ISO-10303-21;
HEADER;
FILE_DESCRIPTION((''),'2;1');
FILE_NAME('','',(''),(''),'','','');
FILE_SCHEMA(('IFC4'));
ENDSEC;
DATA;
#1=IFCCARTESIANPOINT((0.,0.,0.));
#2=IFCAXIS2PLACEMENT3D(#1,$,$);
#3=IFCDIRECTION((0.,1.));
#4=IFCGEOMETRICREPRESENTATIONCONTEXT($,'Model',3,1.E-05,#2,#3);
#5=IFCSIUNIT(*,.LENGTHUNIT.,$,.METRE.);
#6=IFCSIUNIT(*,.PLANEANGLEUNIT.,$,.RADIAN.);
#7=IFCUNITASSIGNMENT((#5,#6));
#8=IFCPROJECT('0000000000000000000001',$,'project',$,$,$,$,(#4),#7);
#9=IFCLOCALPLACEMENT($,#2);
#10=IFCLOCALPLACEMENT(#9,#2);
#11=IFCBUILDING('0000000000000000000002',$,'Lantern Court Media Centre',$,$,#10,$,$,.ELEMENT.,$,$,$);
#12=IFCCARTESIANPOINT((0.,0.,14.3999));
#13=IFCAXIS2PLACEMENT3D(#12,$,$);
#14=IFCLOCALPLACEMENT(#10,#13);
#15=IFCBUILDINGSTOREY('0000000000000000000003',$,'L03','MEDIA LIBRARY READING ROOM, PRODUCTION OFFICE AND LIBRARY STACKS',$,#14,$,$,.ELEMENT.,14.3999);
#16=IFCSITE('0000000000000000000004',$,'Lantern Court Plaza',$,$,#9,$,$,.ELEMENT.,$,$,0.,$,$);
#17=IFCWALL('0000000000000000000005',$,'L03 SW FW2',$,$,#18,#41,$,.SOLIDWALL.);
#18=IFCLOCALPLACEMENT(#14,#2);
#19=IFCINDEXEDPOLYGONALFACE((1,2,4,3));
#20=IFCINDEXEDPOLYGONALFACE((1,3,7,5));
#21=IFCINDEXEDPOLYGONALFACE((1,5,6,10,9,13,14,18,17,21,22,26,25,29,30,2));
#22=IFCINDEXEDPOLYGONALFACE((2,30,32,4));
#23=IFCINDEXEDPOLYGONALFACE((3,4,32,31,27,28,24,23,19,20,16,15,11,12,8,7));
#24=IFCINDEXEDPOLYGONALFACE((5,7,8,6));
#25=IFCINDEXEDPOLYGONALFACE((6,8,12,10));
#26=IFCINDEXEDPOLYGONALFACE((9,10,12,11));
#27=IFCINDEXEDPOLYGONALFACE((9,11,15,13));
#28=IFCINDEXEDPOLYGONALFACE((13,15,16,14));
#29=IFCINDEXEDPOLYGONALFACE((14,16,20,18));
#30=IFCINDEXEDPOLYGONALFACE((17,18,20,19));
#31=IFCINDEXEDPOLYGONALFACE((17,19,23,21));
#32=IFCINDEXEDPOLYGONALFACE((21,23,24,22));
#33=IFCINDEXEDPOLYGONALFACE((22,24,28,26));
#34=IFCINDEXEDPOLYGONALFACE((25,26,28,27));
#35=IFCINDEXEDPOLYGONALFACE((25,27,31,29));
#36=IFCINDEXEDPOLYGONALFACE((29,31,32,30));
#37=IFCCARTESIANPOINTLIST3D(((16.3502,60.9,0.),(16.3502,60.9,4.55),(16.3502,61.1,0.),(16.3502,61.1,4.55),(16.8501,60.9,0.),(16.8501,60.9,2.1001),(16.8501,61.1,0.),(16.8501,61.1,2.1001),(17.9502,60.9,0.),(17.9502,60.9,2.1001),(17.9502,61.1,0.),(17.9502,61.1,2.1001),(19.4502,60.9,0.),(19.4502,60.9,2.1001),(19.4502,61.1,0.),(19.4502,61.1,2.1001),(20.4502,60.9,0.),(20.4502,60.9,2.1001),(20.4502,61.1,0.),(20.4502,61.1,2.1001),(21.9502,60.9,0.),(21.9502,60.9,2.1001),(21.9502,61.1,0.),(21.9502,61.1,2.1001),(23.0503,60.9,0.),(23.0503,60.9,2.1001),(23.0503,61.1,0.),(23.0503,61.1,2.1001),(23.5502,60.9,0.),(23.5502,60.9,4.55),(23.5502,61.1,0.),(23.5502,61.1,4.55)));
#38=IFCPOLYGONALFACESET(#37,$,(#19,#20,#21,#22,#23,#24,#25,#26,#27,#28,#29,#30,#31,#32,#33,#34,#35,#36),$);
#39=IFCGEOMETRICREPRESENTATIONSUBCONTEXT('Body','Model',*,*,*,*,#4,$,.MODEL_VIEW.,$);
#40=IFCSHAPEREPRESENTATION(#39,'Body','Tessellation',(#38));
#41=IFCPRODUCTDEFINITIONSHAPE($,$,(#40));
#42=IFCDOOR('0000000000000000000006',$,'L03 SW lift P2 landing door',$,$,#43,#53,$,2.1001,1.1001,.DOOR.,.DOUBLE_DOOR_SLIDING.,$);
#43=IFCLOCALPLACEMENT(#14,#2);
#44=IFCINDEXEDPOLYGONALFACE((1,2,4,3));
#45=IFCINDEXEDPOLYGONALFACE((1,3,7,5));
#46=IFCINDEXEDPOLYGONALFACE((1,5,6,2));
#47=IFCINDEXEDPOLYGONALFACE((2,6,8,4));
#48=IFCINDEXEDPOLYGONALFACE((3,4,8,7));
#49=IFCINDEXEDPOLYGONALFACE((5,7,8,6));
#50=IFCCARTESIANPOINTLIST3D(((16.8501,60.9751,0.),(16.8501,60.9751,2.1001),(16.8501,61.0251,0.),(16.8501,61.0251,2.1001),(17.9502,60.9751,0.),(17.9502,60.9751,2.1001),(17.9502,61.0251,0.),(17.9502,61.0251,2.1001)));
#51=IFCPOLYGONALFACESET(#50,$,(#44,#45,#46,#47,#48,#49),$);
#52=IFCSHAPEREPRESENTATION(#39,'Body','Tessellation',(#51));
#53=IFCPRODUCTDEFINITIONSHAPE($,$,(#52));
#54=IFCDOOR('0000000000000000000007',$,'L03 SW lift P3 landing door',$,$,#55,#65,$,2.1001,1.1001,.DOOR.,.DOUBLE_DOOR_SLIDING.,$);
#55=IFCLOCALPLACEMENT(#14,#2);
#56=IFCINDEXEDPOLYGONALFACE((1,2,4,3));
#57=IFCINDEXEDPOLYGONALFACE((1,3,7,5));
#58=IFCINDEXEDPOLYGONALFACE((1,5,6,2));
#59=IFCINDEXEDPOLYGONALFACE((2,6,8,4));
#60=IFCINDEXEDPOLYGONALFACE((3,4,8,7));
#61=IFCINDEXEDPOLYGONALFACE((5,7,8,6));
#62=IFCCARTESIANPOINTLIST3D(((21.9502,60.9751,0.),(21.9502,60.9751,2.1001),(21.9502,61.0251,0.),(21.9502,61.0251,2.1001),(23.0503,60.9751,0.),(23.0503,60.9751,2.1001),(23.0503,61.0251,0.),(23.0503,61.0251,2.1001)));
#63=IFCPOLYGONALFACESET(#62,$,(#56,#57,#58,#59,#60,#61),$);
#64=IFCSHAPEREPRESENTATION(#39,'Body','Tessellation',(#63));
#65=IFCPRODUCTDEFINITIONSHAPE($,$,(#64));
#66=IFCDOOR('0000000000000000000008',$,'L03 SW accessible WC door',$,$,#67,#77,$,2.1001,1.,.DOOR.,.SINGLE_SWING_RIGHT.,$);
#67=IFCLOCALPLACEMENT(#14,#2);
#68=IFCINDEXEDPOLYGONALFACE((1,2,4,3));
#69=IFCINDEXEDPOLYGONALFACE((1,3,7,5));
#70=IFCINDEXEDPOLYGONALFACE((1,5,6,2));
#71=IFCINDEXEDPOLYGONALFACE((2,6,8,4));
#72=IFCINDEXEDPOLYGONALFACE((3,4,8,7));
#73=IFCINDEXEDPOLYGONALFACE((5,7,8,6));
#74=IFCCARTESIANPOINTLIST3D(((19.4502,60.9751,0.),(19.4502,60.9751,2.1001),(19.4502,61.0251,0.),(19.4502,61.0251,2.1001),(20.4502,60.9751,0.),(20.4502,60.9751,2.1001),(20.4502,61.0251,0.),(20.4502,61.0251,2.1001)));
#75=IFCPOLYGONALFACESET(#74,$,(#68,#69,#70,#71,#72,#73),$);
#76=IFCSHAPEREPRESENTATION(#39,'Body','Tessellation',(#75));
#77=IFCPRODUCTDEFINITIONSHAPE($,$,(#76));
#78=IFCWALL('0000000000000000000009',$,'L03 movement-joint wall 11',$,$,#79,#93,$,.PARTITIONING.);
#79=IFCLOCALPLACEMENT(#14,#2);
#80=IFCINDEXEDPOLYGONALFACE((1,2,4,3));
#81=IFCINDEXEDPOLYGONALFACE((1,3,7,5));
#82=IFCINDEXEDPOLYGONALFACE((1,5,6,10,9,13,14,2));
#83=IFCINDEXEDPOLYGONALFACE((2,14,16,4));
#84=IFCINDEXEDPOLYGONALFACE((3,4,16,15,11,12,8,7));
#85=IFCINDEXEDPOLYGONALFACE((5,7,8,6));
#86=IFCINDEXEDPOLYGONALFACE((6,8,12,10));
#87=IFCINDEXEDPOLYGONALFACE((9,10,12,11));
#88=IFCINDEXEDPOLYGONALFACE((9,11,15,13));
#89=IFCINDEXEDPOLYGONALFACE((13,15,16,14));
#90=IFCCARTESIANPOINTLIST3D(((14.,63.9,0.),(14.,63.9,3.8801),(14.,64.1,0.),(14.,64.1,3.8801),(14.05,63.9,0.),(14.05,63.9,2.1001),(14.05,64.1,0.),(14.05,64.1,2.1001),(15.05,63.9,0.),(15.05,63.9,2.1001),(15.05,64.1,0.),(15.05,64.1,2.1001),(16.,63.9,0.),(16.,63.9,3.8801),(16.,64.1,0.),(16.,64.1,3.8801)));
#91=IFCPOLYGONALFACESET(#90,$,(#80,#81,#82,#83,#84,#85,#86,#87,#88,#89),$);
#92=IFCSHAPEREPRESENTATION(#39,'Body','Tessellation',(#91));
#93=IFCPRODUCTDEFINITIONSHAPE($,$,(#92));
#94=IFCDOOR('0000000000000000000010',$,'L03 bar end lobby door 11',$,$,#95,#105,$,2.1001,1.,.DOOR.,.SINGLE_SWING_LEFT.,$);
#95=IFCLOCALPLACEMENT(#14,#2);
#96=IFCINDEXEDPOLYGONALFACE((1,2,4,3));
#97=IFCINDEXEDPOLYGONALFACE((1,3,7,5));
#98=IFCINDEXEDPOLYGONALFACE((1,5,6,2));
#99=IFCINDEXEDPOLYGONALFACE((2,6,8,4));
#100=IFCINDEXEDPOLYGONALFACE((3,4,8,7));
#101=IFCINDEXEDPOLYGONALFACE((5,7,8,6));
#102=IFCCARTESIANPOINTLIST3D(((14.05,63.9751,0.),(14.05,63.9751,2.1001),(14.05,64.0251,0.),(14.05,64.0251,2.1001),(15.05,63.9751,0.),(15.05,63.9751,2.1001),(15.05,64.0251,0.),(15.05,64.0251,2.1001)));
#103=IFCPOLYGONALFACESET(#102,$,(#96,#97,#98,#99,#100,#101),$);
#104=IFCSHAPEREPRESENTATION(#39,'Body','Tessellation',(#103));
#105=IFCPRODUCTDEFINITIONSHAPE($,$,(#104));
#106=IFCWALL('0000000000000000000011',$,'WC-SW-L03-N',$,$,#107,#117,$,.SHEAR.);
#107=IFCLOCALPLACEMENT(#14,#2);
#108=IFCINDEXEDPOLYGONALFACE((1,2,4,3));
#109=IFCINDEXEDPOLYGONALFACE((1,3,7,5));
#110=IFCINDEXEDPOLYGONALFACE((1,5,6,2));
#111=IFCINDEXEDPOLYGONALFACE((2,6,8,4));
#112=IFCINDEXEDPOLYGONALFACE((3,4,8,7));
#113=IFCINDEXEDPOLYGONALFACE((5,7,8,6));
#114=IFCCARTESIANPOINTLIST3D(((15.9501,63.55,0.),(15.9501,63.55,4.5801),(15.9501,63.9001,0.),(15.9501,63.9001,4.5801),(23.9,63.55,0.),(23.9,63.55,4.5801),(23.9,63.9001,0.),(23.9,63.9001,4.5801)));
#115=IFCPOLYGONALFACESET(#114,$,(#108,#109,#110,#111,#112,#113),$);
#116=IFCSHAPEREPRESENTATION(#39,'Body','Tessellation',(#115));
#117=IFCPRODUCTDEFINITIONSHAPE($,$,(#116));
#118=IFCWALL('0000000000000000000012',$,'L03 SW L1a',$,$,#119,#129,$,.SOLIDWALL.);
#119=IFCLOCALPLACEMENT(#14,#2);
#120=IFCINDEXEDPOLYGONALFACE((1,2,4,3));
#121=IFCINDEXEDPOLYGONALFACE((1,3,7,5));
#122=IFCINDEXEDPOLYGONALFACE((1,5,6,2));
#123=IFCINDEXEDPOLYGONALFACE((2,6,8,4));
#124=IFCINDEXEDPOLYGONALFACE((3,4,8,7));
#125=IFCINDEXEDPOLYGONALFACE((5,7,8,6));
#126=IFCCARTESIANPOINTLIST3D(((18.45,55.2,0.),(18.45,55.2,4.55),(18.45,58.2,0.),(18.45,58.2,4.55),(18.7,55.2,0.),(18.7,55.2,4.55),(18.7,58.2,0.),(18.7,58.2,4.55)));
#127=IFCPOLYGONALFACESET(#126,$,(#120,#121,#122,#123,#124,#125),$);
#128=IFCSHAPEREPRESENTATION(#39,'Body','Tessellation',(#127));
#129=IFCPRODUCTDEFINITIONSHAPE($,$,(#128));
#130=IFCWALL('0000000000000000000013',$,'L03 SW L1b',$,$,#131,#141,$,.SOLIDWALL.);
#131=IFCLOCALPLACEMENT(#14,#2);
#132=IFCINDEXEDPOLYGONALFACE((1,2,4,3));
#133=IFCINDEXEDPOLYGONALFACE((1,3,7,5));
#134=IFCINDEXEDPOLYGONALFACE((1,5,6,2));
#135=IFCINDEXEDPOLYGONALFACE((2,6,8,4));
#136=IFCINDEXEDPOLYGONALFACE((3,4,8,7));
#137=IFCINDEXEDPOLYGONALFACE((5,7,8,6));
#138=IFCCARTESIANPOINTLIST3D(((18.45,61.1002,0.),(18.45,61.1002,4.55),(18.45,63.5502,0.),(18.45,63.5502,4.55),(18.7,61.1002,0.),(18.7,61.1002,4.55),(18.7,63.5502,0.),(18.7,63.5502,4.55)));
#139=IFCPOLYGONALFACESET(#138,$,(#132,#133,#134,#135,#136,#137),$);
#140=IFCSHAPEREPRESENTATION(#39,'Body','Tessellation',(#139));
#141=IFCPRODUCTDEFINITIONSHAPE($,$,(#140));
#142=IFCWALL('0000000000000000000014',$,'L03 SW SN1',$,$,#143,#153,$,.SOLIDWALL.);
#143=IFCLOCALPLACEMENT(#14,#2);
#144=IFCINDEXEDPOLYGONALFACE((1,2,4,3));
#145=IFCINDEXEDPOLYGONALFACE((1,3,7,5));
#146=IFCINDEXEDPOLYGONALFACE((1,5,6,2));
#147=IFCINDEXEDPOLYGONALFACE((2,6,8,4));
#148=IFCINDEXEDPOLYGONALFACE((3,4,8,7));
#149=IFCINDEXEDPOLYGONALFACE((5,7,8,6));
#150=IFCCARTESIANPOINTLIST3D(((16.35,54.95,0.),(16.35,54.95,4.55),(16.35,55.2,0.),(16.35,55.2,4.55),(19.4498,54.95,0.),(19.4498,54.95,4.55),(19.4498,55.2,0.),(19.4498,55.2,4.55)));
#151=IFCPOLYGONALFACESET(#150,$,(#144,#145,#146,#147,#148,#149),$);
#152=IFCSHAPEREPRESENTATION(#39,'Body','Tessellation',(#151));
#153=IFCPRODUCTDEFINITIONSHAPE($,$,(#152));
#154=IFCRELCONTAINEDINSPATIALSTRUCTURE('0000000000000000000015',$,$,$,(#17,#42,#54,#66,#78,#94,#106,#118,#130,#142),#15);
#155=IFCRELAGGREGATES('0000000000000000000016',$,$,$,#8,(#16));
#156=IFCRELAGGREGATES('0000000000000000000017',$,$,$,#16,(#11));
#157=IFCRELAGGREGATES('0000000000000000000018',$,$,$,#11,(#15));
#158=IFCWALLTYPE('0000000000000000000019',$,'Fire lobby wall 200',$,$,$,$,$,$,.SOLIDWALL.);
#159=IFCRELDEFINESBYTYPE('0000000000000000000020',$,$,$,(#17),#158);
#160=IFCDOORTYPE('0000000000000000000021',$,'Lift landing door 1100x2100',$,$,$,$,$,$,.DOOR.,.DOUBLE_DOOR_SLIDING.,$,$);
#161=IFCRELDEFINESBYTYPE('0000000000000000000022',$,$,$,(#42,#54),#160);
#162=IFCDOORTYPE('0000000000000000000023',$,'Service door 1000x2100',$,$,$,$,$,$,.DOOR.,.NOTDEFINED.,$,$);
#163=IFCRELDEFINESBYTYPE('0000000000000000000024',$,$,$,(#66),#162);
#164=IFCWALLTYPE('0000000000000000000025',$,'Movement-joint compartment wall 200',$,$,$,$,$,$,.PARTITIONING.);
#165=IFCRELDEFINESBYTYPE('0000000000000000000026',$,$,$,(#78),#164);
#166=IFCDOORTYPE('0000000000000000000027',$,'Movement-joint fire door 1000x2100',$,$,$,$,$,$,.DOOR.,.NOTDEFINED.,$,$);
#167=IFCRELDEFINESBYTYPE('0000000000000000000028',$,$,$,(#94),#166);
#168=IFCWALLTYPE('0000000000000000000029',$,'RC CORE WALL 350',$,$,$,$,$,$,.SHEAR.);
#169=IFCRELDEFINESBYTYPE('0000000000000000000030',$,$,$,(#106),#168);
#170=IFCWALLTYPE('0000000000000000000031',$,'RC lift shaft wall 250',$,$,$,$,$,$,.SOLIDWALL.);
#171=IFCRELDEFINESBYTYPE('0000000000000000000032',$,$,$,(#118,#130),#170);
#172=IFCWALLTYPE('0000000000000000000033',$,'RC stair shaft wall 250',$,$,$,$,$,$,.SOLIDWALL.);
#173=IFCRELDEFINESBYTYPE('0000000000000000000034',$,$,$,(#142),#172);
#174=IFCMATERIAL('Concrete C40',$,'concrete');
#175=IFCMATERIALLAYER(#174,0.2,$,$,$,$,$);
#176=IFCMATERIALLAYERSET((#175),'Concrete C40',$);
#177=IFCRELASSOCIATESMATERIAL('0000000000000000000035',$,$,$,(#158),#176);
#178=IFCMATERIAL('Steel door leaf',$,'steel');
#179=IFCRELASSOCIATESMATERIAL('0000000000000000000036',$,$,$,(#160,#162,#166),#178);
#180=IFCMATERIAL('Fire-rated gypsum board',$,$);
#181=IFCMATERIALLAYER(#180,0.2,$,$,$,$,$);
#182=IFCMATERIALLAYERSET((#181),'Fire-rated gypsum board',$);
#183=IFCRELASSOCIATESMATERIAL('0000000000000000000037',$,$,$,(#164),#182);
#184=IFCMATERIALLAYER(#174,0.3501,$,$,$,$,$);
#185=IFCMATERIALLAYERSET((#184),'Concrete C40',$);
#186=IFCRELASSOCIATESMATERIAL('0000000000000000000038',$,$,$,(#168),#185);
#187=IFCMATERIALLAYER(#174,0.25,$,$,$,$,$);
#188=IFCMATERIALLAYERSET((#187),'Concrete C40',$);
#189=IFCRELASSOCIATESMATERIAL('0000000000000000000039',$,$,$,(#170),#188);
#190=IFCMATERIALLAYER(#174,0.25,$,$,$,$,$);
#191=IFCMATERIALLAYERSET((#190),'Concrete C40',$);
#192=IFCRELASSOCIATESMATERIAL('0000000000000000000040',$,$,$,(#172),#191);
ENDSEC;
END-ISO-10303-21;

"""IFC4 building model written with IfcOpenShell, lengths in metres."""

from ifc_helpers import new_model, si_unit, direction, frame, frame_2d, origin, place, context, subcontext, project, spatial, rectangle, extrude, material, layer, layer_set, type_object, element, fill, save


model = new_model("IFC4")

# Units and contexts
model_context = context("Model", 3, precision=1e-05, world=origin(), true_north=direction((0.0, 1.0)))
body_context = subcontext(model_context, "Body", "Model", "MODEL_VIEW")
ifc_project = project(units=[si_unit("LENGTHUNIT", "METRE"), si_unit("PLANEANGLEUNIT", "RADIAN")], contexts=[model_context])

# Site, building, storey
site_placement = place(None, origin())
site = spatial("IfcSite", under=ifc_project, at=site_placement, Name="Lantern Court Plaza", CompositionType="ELEMENT", RefElevation=0.0)
building_placement = place(site_placement, origin())
building = spatial("IfcBuilding", under=site, at=building_placement, Name="Lantern Court Media Centre", CompositionType="ELEMENT")
storey_placement = place(building_placement, frame((0.0, 0.0, 14.3999)))
storey = spatial("IfcBuildingStorey", under=building, at=storey_placement, Name="L03", Description="MEDIA LIBRARY READING ROOM, PRODUCTION OFFICE AND LIBRARY STACKS", CompositionType="ELEMENT", Elevation=14.3999)

# Wall, openings, doors
ifc_material_1 = material(Name="Concrete C40", Category="concrete")
ifc_layer_1 = layer(ifc_material_1, 0.2)
ifc_layer_set_1 = layer_set([ifc_layer_1], Name="Concrete C40")
wall_type_1 = type_object("IfcWallType", Name="Fire lobby wall 200", PredefinedType="SOLIDWALL", material=ifc_layer_set_1)
ifc_material_2 = material(Name="Steel door leaf", Category="steel")
door_type_1 = type_object("IfcDoorType", Name="Lift landing door 1100x2100", OperationType="DOUBLE_DOOR_SLIDING", PredefinedType="DOOR", material=ifc_material_2)
door_type_2 = type_object("IfcDoorType", Name="Service door 1000x2100", OperationType="NOTDEFINED", PredefinedType="DOOR", material=ifc_material_2)
wall_1_placement = place(storey_placement, frame((16.3501, 61.0, 0.0), z_axis=(0.0, 0.0, 1.0), x_axis=(1.0, 0.0, 0.0)))
wall_1 = element("IfcWall", 1, at=wall_1_placement, inside=storey, type_object=wall_type_1, Name="L03 SW FW2", PredefinedType="SOLIDWALL", context=body_context, shape_type="SweptSolid", body=[
    extrude(rectangle(XDim=7.2, YDim=0.2, at=frame_2d((3.6001, 0.0))), origin(), (0.0, 0.0, 1.0), 4.55),
])
opening_1_placement = place(wall_1_placement, frame((0.5, 0.0, 0.0)))
opening_1 = element("IfcOpeningElement", 2, at=opening_1_placement, cuts=wall_1, PredefinedType="OPENING", context=body_context, shape_type="SweptSolid", body=[
    extrude(rectangle(XDim=1.1001, YDim=2.1001, at=frame_2d((0.55, 1.05))), frame((0.0, 0.1099, 0.0), z_axis=(0.0, -1.0, 0.0), x_axis=(1.0, 0.0, 0.0)), (0.0, 0.0, 1.0), 0.22),
])
opening_2_placement = place(wall_1_placement, frame((5.6001, 0.0, 0.0)))
opening_2 = element("IfcOpeningElement", 3, at=opening_2_placement, cuts=wall_1, PredefinedType="OPENING", context=body_context, shape_type="SweptSolid", body=[
    extrude(rectangle(XDim=1.1001, YDim=2.1001, at=frame_2d((0.55, 1.05))), frame((0.0, 0.1099, 0.0), z_axis=(0.0, -1.0, 0.0), x_axis=(1.0, 0.0, 0.0)), (0.0, 0.0, 1.0), 0.22),
])
opening_3_placement = place(wall_1_placement, frame((3.1001, 0.0, 0.0)))
opening_3 = element("IfcOpeningElement", 4, at=opening_3_placement, cuts=wall_1, PredefinedType="OPENING", context=body_context, shape_type="SweptSolid", body=[
    extrude(rectangle(XDim=1.0, YDim=2.1001, at=frame_2d((0.5, 1.05))), frame((0.0, 0.1099, 0.0), z_axis=(0.0, -1.0, 0.0), x_axis=(1.0, 0.0, 0.0)), (0.0, 0.0, 1.0), 0.22),
])
door_1_placement = place(opening_1_placement, frame((1.1001, 0.0, 0.0), z_axis=(0.0, 0.0, 1.0), x_axis=(-1.0, 0.0, 0.0)))
door_1 = element("IfcDoor", 5, at=door_1_placement, inside=storey, type_object=door_type_1, Name="L03 SW lift P2 landing door", OperationType="DOUBLE_DOOR_SLIDING", OverallHeight=2.1001, OverallWidth=1.1001, PredefinedType="DOOR", context=body_context, shape_type="SweptSolid", body=[
    extrude(rectangle(XDim=1.1001, YDim=2.1001, at=frame_2d((0.55, 1.05))), frame((0.0, 0.0249, 0.0), z_axis=(0.0, -1.0, 0.0), x_axis=(1.0, 0.0, 0.0)), (0.0, 0.0, 1.0), 0.05),
])
fill(opening_1, door_1)
door_2_placement = place(opening_2_placement, frame((1.1001, 0.0, 0.0), z_axis=(0.0, 0.0, 1.0), x_axis=(-1.0, 0.0, 0.0)))
door_2 = element("IfcDoor", 6, at=door_2_placement, inside=storey, type_object=door_type_1, Name="L03 SW lift P3 landing door", OperationType="DOUBLE_DOOR_SLIDING", OverallHeight=2.1001, OverallWidth=1.1001, PredefinedType="DOOR", context=body_context, shape_type="SweptSolid", body=[
    extrude(rectangle(XDim=1.1001, YDim=2.1001, at=frame_2d((0.55, 1.05))), frame((0.0, 0.0249, 0.0), z_axis=(0.0, -1.0, 0.0), x_axis=(1.0, 0.0, 0.0)), (0.0, 0.0, 1.0), 0.05),
])
fill(opening_2, door_2)
door_3_placement = place(opening_3_placement, frame((1.0, 0.0, 0.0), z_axis=(0.0, 0.0, 1.0), x_axis=(-1.0, 0.0, 0.0)))
door_3 = element("IfcDoor", 7, at=door_3_placement, inside=storey, type_object=door_type_2, Name="L03 SW accessible WC door", OperationType="SINGLE_SWING_RIGHT", OverallHeight=2.1001, OverallWidth=1.0, PredefinedType="DOOR", context=body_context, shape_type="SweptSolid", body=[
    extrude(rectangle(XDim=1.0, YDim=2.1001, at=frame_2d((0.5, 1.05))), frame((0.0, 0.0249, 0.0), z_axis=(0.0, -1.0, 0.0), x_axis=(1.0, 0.0, 0.0)), (0.0, 0.0, 1.0), 0.05),
])
fill(opening_3, door_3)

# Wall, opening, door
ifc_material_3 = material(Name="Fire-rated gypsum board")
ifc_layer_2 = layer(ifc_material_3, 0.2)
ifc_layer_set_2 = layer_set([ifc_layer_2], Name="Fire-rated gypsum board")
wall_type_2 = type_object("IfcWallType", Name="Movement-joint compartment wall 200", PredefinedType="PARTITIONING", material=ifc_layer_set_2)
wall_2_placement = place(storey_placement, frame((14.0, 64.0, 0.0), z_axis=(0.0, 0.0, 1.0), x_axis=(1.0, 0.0, 0.0)))
wall_2 = element("IfcWall", 8, at=wall_2_placement, inside=storey, type_object=wall_type_2, Name="L03 movement-joint wall 11", PredefinedType="PARTITIONING", context=body_context, shape_type="SweptSolid", body=[
    extrude(rectangle(XDim=2.0, YDim=0.2, at=frame_2d((1.0, 0.0))), origin(), (0.0, 0.0, 1.0), 3.8801),
])
opening_4_placement = place(wall_2_placement, frame((0.05, 0.0, 0.0)))
opening_4 = element("IfcOpeningElement", 9, at=opening_4_placement, cuts=wall_2, PredefinedType="OPENING", context=body_context, shape_type="SweptSolid", body=[
    extrude(rectangle(XDim=1.0, YDim=2.1001, at=frame_2d((0.5, 1.05))), frame((0.0, 0.1099, 0.0), z_axis=(0.0, -1.0, 0.0), x_axis=(1.0, 0.0, 0.0)), (0.0, 0.0, 1.0), 0.22),
])
door_type_3 = type_object("IfcDoorType", Name="Movement-joint fire door 1000x2100", OperationType="NOTDEFINED", PredefinedType="DOOR", material=ifc_material_2)
door_4_placement = place(opening_4_placement, frame((1.0, 0.0, 0.0), z_axis=(0.0, 0.0, 1.0), x_axis=(-1.0, 0.0, 0.0)))
door_4 = element("IfcDoor", 10, at=door_4_placement, inside=storey, type_object=door_type_3, Name="L03 bar end lobby door 11", OperationType="SINGLE_SWING_LEFT", OverallHeight=2.1001, OverallWidth=1.0, PredefinedType="DOOR", context=body_context, shape_type="SweptSolid", body=[
    extrude(rectangle(XDim=1.0, YDim=2.1001, at=frame_2d((0.5, 1.05))), frame((0.0, 0.0249, 0.0), z_axis=(0.0, -1.0, 0.0), x_axis=(1.0, 0.0, 0.0)), (0.0, 0.0, 1.0), 0.05),
])
fill(opening_4, door_4)

# Walls
ifc_layer_3 = layer(ifc_material_1, 0.3501)
ifc_layer_set_3 = layer_set([ifc_layer_3], Name="Concrete C40")
wall_type_3 = type_object("IfcWallType", Name="RC CORE WALL 350", PredefinedType="SHEAR", material=ifc_layer_set_3)
wall_3_placement = place(storey_placement, frame((15.95, 63.7251, 0.0), z_axis=(0.0, 0.0, 1.0), x_axis=(1.0, 0.0, 0.0)))
element("IfcWall", 11, at=wall_3_placement, inside=storey, type_object=wall_type_3, Name="WC-SW-L03-N", PredefinedType="SHEAR", context=body_context, shape_type="SweptSolid", body=[
    extrude(rectangle(XDim=7.95, YDim=0.3501, at=frame_2d((3.9751, 0.0))), origin(), (0.0, 0.0, 1.0), 4.5801),
])
ifc_layer_4 = layer(ifc_material_1, 0.25)
ifc_layer_set_4 = layer_set([ifc_layer_4], Name="Concrete C40")
wall_type_4 = type_object("IfcWallType", Name="RC lift shaft wall 250", PredefinedType="SOLIDWALL", material=ifc_layer_set_4)
wall_4_placement = place(storey_placement, frame((18.575, 55.2, 0.0), z_axis=(0.0, 0.0, 1.0), x_axis=(0.0, 1.0, 0.0)))
element("IfcWall", 12, at=wall_4_placement, inside=storey, type_object=wall_type_4, Name="L03 SW L1a", PredefinedType="SOLIDWALL", context=body_context, shape_type="SweptSolid", body=[
    extrude(rectangle(XDim=3.0, YDim=0.25, at=frame_2d((1.5, 0.0))), origin(), (0.0, 0.0, 1.0), 4.55),
])
wall_5_placement = place(storey_placement, frame((18.575, 61.1001, 0.0), z_axis=(0.0, 0.0, 1.0), x_axis=(0.0, 1.0, 0.0)))
element("IfcWall", 13, at=wall_5_placement, inside=storey, type_object=wall_type_4, Name="L03 SW L1b", PredefinedType="SOLIDWALL", context=body_context, shape_type="SweptSolid", body=[
    extrude(rectangle(XDim=2.45, YDim=0.25, at=frame_2d((1.2251, 0.0))), origin(), (0.0, 0.0, 1.0), 4.55),
])
ifc_layer_5 = layer(ifc_material_1, 0.25)
ifc_layer_set_5 = layer_set([ifc_layer_5], Name="Concrete C40")
wall_type_5 = type_object("IfcWallType", Name="RC stair shaft wall 250", PredefinedType="SOLIDWALL", material=ifc_layer_set_5)
wall_6_placement = place(storey_placement, frame((16.3501, 55.075, 0.0), z_axis=(0.0, 0.0, 1.0), x_axis=(1.0, 0.0, 0.0)))
element("IfcWall", 14, at=wall_6_placement, inside=storey, type_object=wall_type_5, Name="L03 SW SN1", PredefinedType="SOLIDWALL", context=body_context, shape_type="SweptSolid", body=[
    extrude(rectangle(XDim=3.0999, YDim=0.25, at=frame_2d((1.5498, 0.0))), origin(), (0.0, 0.0, 1.0), 4.55),
])

save(model, "model.ifc")
